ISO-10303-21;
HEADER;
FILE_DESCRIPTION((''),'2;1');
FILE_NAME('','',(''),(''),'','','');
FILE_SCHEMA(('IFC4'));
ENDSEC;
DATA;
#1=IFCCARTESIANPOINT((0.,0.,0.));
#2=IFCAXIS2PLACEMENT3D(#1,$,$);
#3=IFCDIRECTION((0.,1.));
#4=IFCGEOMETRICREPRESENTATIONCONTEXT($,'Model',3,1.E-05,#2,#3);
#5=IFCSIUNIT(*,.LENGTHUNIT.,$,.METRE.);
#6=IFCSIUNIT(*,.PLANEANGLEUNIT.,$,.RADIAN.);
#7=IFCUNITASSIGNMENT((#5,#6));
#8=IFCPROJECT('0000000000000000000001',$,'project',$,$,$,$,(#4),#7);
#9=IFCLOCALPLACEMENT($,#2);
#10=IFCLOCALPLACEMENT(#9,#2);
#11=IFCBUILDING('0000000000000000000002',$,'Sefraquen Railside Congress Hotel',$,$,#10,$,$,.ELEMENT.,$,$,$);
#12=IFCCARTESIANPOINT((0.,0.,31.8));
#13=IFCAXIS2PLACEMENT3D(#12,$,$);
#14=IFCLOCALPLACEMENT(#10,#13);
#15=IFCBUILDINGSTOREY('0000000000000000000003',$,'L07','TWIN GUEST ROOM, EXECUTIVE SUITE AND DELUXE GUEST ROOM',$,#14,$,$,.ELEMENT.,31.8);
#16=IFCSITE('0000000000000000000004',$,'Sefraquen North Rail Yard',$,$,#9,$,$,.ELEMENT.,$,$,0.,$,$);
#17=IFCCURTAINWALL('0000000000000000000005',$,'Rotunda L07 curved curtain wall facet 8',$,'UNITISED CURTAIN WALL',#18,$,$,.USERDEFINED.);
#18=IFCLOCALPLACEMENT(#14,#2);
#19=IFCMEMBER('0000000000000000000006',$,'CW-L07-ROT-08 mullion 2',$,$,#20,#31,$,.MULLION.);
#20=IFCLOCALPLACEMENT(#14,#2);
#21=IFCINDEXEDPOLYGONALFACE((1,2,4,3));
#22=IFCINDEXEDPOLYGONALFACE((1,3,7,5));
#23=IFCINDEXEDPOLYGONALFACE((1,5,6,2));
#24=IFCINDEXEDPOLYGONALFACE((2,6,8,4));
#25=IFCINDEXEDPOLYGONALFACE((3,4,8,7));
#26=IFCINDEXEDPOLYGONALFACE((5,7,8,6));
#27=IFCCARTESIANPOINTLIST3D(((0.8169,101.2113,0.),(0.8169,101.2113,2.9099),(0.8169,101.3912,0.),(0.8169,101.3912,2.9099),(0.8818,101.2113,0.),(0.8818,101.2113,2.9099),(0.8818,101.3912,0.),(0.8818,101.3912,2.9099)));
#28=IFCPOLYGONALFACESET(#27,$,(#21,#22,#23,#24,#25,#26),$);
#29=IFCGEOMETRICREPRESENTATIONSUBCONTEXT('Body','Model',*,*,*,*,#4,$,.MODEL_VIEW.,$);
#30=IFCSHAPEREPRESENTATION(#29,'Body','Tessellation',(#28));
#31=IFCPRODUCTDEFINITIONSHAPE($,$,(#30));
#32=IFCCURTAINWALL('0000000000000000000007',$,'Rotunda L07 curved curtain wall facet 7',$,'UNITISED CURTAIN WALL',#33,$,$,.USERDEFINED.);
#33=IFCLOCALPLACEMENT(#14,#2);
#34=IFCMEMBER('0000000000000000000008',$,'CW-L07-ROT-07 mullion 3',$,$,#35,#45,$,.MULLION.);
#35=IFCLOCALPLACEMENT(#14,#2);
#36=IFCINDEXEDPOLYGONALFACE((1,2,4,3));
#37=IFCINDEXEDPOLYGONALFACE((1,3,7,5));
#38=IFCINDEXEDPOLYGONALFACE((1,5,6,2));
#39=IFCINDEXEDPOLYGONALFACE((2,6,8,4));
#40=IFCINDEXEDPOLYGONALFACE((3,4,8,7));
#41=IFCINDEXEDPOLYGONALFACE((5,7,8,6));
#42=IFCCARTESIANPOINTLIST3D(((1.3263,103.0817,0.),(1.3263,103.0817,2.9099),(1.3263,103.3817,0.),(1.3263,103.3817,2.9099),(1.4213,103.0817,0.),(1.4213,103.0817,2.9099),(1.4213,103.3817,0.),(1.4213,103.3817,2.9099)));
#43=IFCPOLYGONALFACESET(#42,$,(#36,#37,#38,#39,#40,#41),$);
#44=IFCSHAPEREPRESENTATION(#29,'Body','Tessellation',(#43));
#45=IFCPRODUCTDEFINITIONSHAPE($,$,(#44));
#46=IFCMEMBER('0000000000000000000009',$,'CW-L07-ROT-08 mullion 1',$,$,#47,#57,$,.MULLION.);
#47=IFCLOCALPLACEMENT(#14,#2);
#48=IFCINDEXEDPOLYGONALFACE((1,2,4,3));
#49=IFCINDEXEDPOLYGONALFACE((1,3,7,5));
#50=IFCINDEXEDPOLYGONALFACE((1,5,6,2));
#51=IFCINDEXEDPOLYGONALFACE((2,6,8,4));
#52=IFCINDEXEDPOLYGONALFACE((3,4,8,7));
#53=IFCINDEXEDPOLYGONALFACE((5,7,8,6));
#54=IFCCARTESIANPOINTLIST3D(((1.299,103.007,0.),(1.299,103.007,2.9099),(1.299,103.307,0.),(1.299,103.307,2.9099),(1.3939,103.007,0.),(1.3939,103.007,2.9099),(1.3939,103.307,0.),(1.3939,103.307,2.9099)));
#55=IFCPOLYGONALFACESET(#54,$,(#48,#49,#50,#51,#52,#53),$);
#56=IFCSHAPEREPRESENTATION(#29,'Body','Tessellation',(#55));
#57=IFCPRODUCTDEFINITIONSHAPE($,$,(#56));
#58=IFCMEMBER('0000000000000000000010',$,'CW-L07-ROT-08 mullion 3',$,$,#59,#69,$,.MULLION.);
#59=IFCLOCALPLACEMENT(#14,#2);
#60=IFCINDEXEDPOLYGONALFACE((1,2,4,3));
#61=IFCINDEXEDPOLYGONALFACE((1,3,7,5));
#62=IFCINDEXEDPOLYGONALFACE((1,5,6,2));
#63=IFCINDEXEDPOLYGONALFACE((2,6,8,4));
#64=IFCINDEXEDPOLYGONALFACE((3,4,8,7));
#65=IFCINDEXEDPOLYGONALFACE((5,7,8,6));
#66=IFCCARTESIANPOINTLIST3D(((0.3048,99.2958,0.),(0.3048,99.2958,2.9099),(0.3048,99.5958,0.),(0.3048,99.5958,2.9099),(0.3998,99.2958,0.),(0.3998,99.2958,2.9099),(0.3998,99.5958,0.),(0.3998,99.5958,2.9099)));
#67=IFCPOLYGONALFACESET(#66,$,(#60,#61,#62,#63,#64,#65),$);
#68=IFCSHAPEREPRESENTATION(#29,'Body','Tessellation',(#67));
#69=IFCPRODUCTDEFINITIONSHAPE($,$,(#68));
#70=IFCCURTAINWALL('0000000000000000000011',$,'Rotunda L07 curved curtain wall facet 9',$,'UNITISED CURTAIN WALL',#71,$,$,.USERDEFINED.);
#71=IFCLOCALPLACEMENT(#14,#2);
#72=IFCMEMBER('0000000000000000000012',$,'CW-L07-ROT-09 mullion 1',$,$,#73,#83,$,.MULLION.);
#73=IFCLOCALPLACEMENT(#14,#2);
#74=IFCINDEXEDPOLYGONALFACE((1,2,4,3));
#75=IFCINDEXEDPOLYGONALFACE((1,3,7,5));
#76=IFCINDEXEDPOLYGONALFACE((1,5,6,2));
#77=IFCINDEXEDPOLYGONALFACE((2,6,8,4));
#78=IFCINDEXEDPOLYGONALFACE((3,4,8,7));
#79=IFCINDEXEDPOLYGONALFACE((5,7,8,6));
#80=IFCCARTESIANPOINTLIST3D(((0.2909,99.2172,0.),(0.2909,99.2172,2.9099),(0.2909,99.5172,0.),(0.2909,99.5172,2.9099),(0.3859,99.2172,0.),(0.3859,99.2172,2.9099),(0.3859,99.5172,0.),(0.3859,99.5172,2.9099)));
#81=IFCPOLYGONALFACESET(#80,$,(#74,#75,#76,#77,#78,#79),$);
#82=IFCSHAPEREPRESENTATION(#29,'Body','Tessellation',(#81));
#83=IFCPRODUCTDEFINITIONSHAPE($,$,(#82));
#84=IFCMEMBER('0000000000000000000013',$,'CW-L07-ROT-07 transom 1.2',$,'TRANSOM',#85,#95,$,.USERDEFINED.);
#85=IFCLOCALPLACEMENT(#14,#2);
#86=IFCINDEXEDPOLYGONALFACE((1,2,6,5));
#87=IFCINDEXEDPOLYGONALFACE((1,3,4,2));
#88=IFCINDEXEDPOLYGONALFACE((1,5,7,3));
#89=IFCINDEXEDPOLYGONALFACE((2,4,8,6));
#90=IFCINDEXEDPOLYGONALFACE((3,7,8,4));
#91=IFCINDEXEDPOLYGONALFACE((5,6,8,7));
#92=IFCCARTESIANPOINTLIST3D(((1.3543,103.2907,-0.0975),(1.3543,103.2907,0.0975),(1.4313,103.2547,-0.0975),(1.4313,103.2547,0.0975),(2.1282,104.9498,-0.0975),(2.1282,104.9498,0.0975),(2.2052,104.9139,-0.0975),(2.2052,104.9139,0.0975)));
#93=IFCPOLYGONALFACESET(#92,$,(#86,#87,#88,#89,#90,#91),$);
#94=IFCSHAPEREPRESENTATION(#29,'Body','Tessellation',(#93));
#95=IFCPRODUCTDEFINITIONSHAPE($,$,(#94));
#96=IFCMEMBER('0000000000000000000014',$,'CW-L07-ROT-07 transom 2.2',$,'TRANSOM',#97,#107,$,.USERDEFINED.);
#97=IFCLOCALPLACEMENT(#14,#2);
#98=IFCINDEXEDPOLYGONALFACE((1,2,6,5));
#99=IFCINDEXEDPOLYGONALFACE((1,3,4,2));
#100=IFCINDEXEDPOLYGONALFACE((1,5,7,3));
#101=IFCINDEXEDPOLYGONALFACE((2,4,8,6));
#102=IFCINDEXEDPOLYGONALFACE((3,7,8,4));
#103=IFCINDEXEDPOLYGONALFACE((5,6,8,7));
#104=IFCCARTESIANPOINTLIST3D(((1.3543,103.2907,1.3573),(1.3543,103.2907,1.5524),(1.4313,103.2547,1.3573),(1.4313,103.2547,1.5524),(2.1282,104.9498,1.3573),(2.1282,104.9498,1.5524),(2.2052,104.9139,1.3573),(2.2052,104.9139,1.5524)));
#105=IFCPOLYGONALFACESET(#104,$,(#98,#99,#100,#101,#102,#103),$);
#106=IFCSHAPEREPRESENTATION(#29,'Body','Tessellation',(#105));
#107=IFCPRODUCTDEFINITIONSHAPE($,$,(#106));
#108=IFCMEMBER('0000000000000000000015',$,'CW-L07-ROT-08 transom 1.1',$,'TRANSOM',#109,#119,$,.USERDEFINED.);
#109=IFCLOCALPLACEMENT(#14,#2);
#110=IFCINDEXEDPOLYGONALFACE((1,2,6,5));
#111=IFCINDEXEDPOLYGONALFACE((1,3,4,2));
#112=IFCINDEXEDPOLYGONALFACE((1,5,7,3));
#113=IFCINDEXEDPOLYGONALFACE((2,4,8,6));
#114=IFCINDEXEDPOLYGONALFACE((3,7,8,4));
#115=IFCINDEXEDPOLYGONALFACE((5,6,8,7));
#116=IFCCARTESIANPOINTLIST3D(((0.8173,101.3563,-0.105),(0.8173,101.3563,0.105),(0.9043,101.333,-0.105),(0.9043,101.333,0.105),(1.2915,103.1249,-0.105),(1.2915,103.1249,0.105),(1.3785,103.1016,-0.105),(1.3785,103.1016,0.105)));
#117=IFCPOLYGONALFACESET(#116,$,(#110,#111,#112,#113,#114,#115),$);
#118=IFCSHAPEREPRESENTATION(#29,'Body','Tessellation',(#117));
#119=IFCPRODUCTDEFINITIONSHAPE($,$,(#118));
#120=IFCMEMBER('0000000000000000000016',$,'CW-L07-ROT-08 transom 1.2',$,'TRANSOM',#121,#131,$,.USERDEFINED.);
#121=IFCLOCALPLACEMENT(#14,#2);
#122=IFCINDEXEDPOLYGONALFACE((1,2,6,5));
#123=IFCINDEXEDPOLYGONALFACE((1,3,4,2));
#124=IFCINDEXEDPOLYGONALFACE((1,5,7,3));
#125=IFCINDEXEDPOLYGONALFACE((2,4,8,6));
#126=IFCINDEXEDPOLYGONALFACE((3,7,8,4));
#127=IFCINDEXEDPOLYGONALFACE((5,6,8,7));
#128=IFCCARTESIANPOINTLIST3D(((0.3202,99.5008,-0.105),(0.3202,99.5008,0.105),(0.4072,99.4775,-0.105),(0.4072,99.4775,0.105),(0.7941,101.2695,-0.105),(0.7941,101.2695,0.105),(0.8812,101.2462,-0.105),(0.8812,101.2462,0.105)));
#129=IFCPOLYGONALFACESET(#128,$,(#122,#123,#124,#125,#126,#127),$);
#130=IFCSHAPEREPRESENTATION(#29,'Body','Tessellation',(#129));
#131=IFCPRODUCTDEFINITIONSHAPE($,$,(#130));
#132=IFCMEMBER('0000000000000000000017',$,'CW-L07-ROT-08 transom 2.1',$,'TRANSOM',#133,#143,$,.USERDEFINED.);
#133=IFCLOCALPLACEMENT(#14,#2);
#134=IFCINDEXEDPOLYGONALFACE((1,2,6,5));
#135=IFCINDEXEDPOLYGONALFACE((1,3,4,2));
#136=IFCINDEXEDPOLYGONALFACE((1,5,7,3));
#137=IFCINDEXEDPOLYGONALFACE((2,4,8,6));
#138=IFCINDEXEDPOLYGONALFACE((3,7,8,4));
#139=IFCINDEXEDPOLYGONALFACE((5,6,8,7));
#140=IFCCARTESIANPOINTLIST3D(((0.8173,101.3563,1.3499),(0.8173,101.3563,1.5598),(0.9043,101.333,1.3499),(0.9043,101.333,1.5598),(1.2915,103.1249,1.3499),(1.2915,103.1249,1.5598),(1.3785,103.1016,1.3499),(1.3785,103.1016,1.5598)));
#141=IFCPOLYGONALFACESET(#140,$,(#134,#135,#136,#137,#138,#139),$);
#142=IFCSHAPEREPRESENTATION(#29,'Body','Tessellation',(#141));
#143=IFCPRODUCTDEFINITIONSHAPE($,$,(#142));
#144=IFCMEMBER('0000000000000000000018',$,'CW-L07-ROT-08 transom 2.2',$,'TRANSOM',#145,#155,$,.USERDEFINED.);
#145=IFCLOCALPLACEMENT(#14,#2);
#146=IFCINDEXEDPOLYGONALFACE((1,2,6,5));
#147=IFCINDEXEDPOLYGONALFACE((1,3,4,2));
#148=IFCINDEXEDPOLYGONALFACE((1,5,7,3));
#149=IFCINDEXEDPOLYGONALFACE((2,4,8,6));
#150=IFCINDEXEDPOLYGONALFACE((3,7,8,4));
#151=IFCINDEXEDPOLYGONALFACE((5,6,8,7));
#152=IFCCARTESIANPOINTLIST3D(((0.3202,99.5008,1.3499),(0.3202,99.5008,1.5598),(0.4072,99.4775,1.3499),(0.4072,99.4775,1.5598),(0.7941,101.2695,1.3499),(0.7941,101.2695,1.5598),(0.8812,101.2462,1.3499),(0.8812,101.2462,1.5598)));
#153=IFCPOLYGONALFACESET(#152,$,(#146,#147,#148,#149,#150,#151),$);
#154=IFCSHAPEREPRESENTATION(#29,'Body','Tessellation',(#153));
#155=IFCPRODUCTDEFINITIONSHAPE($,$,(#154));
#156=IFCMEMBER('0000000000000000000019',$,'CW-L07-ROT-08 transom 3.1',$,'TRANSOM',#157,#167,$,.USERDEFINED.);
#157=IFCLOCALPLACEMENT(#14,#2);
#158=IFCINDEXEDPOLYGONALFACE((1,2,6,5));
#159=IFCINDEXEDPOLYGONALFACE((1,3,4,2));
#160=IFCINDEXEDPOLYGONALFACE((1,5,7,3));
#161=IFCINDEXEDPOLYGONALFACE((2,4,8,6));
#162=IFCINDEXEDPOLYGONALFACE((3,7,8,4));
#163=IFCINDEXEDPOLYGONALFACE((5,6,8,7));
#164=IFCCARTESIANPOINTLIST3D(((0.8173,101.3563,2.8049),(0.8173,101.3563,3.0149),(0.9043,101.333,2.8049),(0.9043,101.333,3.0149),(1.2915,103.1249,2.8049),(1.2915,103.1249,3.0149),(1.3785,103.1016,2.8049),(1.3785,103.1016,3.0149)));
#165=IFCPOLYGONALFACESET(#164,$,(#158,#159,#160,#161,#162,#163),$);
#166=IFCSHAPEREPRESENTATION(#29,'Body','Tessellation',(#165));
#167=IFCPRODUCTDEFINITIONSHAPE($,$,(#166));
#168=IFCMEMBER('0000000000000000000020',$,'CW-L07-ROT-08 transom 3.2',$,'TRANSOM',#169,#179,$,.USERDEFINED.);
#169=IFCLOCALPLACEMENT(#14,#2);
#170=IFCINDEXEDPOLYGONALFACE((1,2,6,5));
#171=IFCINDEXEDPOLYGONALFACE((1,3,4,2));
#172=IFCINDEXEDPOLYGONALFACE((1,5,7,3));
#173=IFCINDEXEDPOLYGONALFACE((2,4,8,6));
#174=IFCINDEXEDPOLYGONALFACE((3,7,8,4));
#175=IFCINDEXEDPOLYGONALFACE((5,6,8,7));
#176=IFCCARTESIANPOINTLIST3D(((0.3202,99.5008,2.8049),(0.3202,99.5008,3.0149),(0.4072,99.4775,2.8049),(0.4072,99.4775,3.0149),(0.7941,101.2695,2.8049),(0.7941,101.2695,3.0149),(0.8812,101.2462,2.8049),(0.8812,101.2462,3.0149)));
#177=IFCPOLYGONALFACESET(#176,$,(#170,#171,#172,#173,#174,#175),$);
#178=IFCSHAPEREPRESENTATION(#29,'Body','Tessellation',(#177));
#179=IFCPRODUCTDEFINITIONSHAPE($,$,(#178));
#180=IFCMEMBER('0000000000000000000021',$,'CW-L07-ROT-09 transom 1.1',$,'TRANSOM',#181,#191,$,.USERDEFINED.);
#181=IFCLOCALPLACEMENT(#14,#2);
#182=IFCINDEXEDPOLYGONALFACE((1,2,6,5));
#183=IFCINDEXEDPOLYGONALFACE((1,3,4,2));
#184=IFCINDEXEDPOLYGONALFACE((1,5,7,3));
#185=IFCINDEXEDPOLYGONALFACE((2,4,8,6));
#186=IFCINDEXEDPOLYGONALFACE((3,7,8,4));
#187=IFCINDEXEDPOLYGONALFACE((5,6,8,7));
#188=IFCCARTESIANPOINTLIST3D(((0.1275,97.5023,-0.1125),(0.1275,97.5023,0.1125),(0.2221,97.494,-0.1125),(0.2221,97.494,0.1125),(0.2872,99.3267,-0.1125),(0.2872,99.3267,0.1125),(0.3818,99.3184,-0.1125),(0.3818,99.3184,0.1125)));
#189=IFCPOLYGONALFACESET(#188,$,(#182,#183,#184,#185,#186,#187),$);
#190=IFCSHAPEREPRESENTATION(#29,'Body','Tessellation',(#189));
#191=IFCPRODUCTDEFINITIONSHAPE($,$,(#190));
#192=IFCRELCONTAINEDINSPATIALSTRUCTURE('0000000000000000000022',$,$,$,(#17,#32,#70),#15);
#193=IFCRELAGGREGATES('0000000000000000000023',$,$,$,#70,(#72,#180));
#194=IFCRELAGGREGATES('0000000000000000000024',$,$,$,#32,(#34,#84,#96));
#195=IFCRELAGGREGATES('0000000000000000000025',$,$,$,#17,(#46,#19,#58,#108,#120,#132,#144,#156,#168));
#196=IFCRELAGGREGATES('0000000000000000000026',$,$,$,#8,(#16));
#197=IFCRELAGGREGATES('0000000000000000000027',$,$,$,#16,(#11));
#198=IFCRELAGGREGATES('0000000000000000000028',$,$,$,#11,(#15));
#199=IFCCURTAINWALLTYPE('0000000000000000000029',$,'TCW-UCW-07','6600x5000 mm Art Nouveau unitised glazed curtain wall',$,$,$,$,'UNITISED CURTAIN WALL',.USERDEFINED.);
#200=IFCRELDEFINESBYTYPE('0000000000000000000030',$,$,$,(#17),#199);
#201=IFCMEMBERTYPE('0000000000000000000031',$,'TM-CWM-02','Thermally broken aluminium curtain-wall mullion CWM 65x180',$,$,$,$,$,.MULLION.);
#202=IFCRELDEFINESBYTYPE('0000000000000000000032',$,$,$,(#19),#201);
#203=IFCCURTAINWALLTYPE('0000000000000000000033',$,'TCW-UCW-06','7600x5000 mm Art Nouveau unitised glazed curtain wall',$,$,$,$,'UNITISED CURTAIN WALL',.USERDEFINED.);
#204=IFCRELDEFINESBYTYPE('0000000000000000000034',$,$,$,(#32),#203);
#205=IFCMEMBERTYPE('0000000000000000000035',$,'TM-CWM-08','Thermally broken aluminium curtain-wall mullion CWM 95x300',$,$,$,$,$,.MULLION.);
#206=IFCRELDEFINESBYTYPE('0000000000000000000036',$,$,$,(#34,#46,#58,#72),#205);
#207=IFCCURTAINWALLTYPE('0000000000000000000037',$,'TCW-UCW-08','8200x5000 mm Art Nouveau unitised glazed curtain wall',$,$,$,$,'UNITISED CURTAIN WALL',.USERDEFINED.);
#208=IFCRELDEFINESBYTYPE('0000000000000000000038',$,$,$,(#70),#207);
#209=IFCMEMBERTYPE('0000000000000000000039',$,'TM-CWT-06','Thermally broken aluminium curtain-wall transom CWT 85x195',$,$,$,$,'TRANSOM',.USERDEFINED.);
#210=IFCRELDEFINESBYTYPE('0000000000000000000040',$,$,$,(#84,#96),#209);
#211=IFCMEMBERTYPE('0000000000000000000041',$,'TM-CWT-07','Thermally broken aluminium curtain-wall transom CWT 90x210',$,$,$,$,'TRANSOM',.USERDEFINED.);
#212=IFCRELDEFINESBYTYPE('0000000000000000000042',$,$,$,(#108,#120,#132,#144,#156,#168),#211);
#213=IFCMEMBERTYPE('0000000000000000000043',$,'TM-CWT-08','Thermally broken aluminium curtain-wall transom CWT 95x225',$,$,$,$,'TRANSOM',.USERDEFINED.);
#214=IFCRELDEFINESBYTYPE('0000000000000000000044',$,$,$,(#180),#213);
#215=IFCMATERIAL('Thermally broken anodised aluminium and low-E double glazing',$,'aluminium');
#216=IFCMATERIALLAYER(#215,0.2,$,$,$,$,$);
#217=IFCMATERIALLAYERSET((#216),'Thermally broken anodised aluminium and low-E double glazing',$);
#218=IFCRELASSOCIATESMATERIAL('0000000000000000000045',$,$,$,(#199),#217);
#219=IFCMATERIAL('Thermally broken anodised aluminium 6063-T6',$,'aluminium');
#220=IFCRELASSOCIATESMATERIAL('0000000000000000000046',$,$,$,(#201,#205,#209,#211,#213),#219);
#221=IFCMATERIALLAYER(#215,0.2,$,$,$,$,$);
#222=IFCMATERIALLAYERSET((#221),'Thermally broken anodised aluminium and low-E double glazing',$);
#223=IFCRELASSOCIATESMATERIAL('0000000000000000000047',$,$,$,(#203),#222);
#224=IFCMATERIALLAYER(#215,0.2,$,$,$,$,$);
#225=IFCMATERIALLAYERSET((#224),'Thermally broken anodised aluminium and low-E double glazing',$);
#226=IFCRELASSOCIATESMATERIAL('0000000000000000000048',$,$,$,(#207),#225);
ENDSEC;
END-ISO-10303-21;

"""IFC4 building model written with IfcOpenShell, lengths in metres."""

from ifc_helpers import new_model, si_unit, direction, frame, origin, origin_2d, place, context, subcontext, project, spatial, rectangle, extrude, material, layer, layer_set, material_profile, profile_set, type_object, element, aggregate, save


model = new_model("IFC4")

# Units and contexts
model_context = context("Model", 3, precision=1e-05, world=origin(), true_north=direction((0.0, 1.0)))
body_context = subcontext(model_context, "Body", "Model", "MODEL_VIEW")
ifc_project = project(units=[si_unit("LENGTHUNIT", "METRE"), si_unit("PLANEANGLEUNIT", "RADIAN")], contexts=[model_context])

# Site, building, storey
site_placement = place(None, origin())
site = spatial("IfcSite", under=ifc_project, at=site_placement, Name="Sefraquen North Rail Yard", CompositionType="ELEMENT", RefElevation=0.0)
building_placement = place(site_placement, origin())
building = spatial("IfcBuilding", under=site, at=building_placement, Name="Sefraquen Railside Congress Hotel", CompositionType="ELEMENT")
storey_placement = place(building_placement, frame((0.0, 0.0, 31.8)))
storey = spatial("IfcBuildingStorey", under=building, at=storey_placement, Name="L07", Description="TWIN GUEST ROOM, EXECUTIVE SUITE AND DELUXE GUEST ROOM", CompositionType="ELEMENT", Elevation=31.8)

# Curtain walls, members
ifc_material_1 = material(Name="Thermally broken anodised aluminium and low-E double glazing", Category="aluminium")
ifc_layer_1 = layer(ifc_material_1, 0.2)
ifc_layer_set_1 = layer_set([ifc_layer_1], Name="Thermally broken anodised aluminium and low-E double glazing")
curtain_wall_type_1 = type_object("IfcCurtainWallType", Name="TCW-UCW-07", Description="6600x5000 mm Art Nouveau unitised glazed curtain wall", ElementType="UNITISED CURTAIN WALL", PredefinedType="USERDEFINED", material=ifc_layer_set_1)
curtain_wall_1_placement = place(storey_placement, origin())
curtain_wall_1 = element("IfcCurtainWall", 1, at=curtain_wall_1_placement, inside=storey, type_object=curtain_wall_type_1, Name="Rotunda L07 curved curtain wall facet 8", ObjectType="UNITISED CURTAIN WALL", PredefinedType="USERDEFINED")
ifc_material_2 = material(Name="Thermally broken anodised aluminium 6063-T6", Category="aluminium")
ifc_material_profile_1 = material_profile(ifc_material_2, rectangle(XDim=0.0649, YDim=0.1799, at=origin_2d()), Name="CWM 65x180")
ifc_profile_set_1 = profile_set([ifc_material_profile_1], Name="Thermally broken anodised aluminium 6063-T6")
member_type_1 = type_object("IfcMemberType", Name="TM-CWM-02", Description="Thermally broken aluminium curtain-wall mullion CWM 65x180", PredefinedType="MULLION", material=ifc_profile_set_1)
member_1_placement = place(storey_placement, frame((0.8494, 101.3013, 0.0), z_axis=(0.0, 0.0, 1.0), x_axis=(1.0, 0.0, 0.0)))
member_1 = element("IfcMember", 2, at=member_1_placement, type_object=member_type_1, Name="CW-L07-ROT-08 mullion 2", PredefinedType="MULLION", context=body_context, shape_type="SweptSolid", body=[
    extrude(rectangle(XDim=0.0649, YDim=0.1799, at=origin_2d()), origin(), (0.0, 0.0, 1.0), 2.9099),
])
ifc_layer_2 = layer(ifc_material_1, 0.2)
ifc_layer_set_2 = layer_set([ifc_layer_2], Name="Thermally broken anodised aluminium and low-E double glazing")
curtain_wall_type_2 = type_object("IfcCurtainWallType", Name="TCW-UCW-06", Description="7600x5000 mm Art Nouveau unitised glazed curtain wall", ElementType="UNITISED CURTAIN WALL", PredefinedType="USERDEFINED", material=ifc_layer_set_2)
curtain_wall_2_placement = place(storey_placement, origin())
curtain_wall_2 = element("IfcCurtainWall", 3, at=curtain_wall_2_placement, inside=storey, type_object=curtain_wall_type_2, Name="Rotunda L07 curved curtain wall facet 7", ObjectType="UNITISED CURTAIN WALL", PredefinedType="USERDEFINED")
ifc_material_profile_2 = material_profile(ifc_material_2, rectangle(XDim=0.095, YDim=0.3, at=origin_2d()), Name="CWM 95x300")
ifc_profile_set_2 = profile_set([ifc_material_profile_2], Name="Thermally broken anodised aluminium 6063-T6")
member_type_2 = type_object("IfcMemberType", Name="TM-CWM-08", Description="Thermally broken aluminium curtain-wall mullion CWM 95x300", PredefinedType="MULLION", material=ifc_profile_set_2)
member_2_placement = place(storey_placement, frame((1.3738, 103.2317, 0.0), z_axis=(0.0, 0.0, 1.0), x_axis=(1.0, 0.0, 0.0)))
member_2 = element("IfcMember", 4, at=member_2_placement, type_object=member_type_2, Name="CW-L07-ROT-07 mullion 3", PredefinedType="MULLION", context=body_context, shape_type="SweptSolid", body=[
    extrude(rectangle(XDim=0.095, YDim=0.3, at=origin_2d()), origin(), (0.0, 0.0, 1.0), 2.9099),
])

# Members
member_3_placement = place(storey_placement, frame((1.3464, 103.157, 0.0), z_axis=(0.0, 0.0, 1.0), x_axis=(1.0, 0.0, 0.0)))
member_3 = element("IfcMember", 5, at=member_3_placement, type_object=member_type_2, Name="CW-L07-ROT-08 mullion 1", PredefinedType="MULLION", context=body_context, shape_type="SweptSolid", body=[
    extrude(rectangle(XDim=0.095, YDim=0.3, at=origin_2d()), origin(), (0.0, 0.0, 1.0), 2.9099),
])
member_4_placement = place(storey_placement, frame((0.3523, 99.4458, 0.0), z_axis=(0.0, 0.0, 1.0), x_axis=(1.0, 0.0, 0.0)))
member_4 = element("IfcMember", 6, at=member_4_placement, type_object=member_type_2, Name="CW-L07-ROT-08 mullion 3", PredefinedType="MULLION", context=body_context, shape_type="SweptSolid", body=[
    extrude(rectangle(XDim=0.095, YDim=0.3, at=origin_2d()), origin(), (0.0, 0.0, 1.0), 2.9099),
])

# Curtain wall, member
ifc_layer_3 = layer(ifc_material_1, 0.2)
ifc_layer_set_3 = layer_set([ifc_layer_3], Name="Thermally broken anodised aluminium and low-E double glazing")
curtain_wall_type_3 = type_object("IfcCurtainWallType", Name="TCW-UCW-08", Description="8200x5000 mm Art Nouveau unitised glazed curtain wall", ElementType="UNITISED CURTAIN WALL", PredefinedType="USERDEFINED", material=ifc_layer_set_3)
curtain_wall_3_placement = place(storey_placement, origin())
curtain_wall_3 = element("IfcCurtainWall", 7, at=curtain_wall_3_placement, inside=storey, type_object=curtain_wall_type_3, Name="Rotunda L07 curved curtain wall facet 9", ObjectType="UNITISED CURTAIN WALL", PredefinedType="USERDEFINED")
member_5_placement = place(storey_placement, frame((0.3384, 99.3672, 0.0), z_axis=(0.0, 0.0, 1.0), x_axis=(1.0, 0.0, 0.0)))
member_5 = element("IfcMember", 8, at=member_5_placement, type_object=member_type_2, Name="CW-L07-ROT-09 mullion 1", PredefinedType="MULLION", context=body_context, shape_type="SweptSolid", body=[
    extrude(rectangle(XDim=0.095, YDim=0.3, at=origin_2d()), origin(), (0.0, 0.0, 1.0), 2.9099),
])

# Members
ifc_material_profile_3 = material_profile(ifc_material_2, rectangle(XDim=0.085, YDim=0.1951, at=origin_2d()), Name="CWT 85x195")
ifc_profile_set_3 = profile_set([ifc_material_profile_3], Name="Thermally broken anodised aluminium 6063-T6")
member_type_3 = type_object("IfcMemberType", Name="TM-CWT-06", Description="Thermally broken aluminium curtain-wall transom CWT 85x195", ElementType="TRANSOM", PredefinedType="USERDEFINED", material=ifc_profile_set_3)
member_6_placement = place(storey_placement, frame((2.1667, 104.9319, 0.0), z_axis=(-0.422725, -0.906258, 0.0), x_axis=(0.906258, -0.422725, 0.0)))
member_6 = element("IfcMember", 9, at=member_6_placement, type_object=member_type_3, Name="CW-L07-ROT-07 transom 1.2", ObjectType="TRANSOM", PredefinedType="USERDEFINED", context=body_context, shape_type="SweptSolid", body=[
    extrude(rectangle(XDim=0.085, YDim=0.1951, at=origin_2d()), origin(), (0.0, 0.0, 1.0), 1.8308),
])
member_7_placement = place(storey_placement, frame((2.1667, 104.9319, 1.4548), z_axis=(-0.422725, -0.906258, 0.0), x_axis=(0.906258, -0.422725, 0.0)))
member_7 = element("IfcMember", 10, at=member_7_placement, type_object=member_type_3, Name="CW-L07-ROT-07 transom 2.2", ObjectType="TRANSOM", PredefinedType="USERDEFINED", context=body_context, shape_type="SweptSolid", body=[
    extrude(rectangle(XDim=0.085, YDim=0.1951, at=origin_2d()), origin(), (0.0, 0.0, 1.0), 1.8308),
])
ifc_material_profile_4 = material_profile(ifc_material_2, rectangle(XDim=0.0901, YDim=0.21, at=origin_2d()), Name="CWT 90x210")
ifc_profile_set_4 = profile_set([ifc_material_profile_4], Name="Thermally broken anodised aluminium 6063-T6")
member_type_4 = type_object("IfcMemberType", Name="TM-CWT-07", Description="Thermally broken aluminium curtain-wall transom CWT 90x210", ElementType="TRANSOM", PredefinedType="USERDEFINED", material=ifc_profile_set_4)
member_8_placement = place(storey_placement, frame((1.335, 103.1133, 0.0), z_axis=(-0.25894, -0.965893, 0.0), x_axis=(0.965893, -0.25894, 0.0)))
member_8 = element("IfcMember", 11, at=member_8_placement, type_object=member_type_4, Name="CW-L07-ROT-08 transom 1.1", ObjectType="TRANSOM", PredefinedType="USERDEFINED", context=body_context, shape_type="SweptSolid", body=[
    extrude(rectangle(XDim=0.0901, YDim=0.21, at=origin_2d()), origin(), (0.0, 0.0, 1.0), 1.8311),
])
member_9_placement = place(storey_placement, frame((0.8376, 101.2578, 0.0), z_axis=(-0.258816, -0.965927, 0.0), x_axis=(0.965927, -0.258816, 0.0)))
member_9 = element("IfcMember", 12, at=member_9_placement, type_object=member_type_4, Name="CW-L07-ROT-08 transom 1.2", ObjectType="TRANSOM", PredefinedType="USERDEFINED", context=body_context, shape_type="SweptSolid", body=[
    extrude(rectangle(XDim=0.0901, YDim=0.21, at=origin_2d()), origin(), (0.0, 0.0, 1.0), 1.8311),
])
member_10_placement = place(storey_placement, frame((1.335, 103.1133, 1.4548), z_axis=(-0.25894, -0.965893, 0.0), x_axis=(0.965893, -0.25894, 0.0)))
member_10 = element("IfcMember", 13, at=member_10_placement, type_object=member_type_4, Name="CW-L07-ROT-08 transom 2.1", ObjectType="TRANSOM", PredefinedType="USERDEFINED", context=body_context, shape_type="SweptSolid", body=[
    extrude(rectangle(XDim=0.0901, YDim=0.21, at=origin_2d()), origin(), (0.0, 0.0, 1.0), 1.8311),
])
member_11_placement = place(storey_placement, frame((0.8376, 101.2578, 1.4548), z_axis=(-0.258816, -0.965927, 0.0), x_axis=(0.965927, -0.258816, 0.0)))
member_11 = element("IfcMember", 14, at=member_11_placement, type_object=member_type_4, Name="CW-L07-ROT-08 transom 2.2", ObjectType="TRANSOM", PredefinedType="USERDEFINED", context=body_context, shape_type="SweptSolid", body=[
    extrude(rectangle(XDim=0.0901, YDim=0.21, at=origin_2d()), origin(), (0.0, 0.0, 1.0), 1.8311),
])
member_12_placement = place(storey_placement, frame((1.335, 103.1133, 2.9099), z_axis=(-0.25894, -0.965893, 0.0), x_axis=(0.965893, -0.25894, 0.0)))
member_12 = element("IfcMember", 15, at=member_12_placement, type_object=member_type_4, Name="CW-L07-ROT-08 transom 3.1", ObjectType="TRANSOM", PredefinedType="USERDEFINED", context=body_context, shape_type="SweptSolid", body=[
    extrude(rectangle(XDim=0.0901, YDim=0.21, at=origin_2d()), origin(), (0.0, 0.0, 1.0), 1.8311),
])
member_13_placement = place(storey_placement, frame((0.8376, 101.2578, 2.9099), z_axis=(-0.258816, -0.965927, 0.0), x_axis=(0.965927, -0.258816, 0.0)))
member_13 = element("IfcMember", 16, at=member_13_placement, type_object=member_type_4, Name="CW-L07-ROT-08 transom 3.2", ObjectType="TRANSOM", PredefinedType="USERDEFINED", context=body_context, shape_type="SweptSolid", body=[
    extrude(rectangle(XDim=0.0901, YDim=0.21, at=origin_2d()), origin(), (0.0, 0.0, 1.0), 1.8311),
])
ifc_material_profile_5 = material_profile(ifc_material_2, rectangle(XDim=0.095, YDim=0.2251, at=origin_2d()), Name="CWT 95x225")
ifc_profile_set_5 = profile_set([ifc_material_profile_5], Name="Thermally broken anodised aluminium 6063-T6")
member_type_5 = type_object("IfcMemberType", Name="TM-CWT-08", Description="Thermally broken aluminium curtain-wall transom CWT 95x225", ElementType="TRANSOM", PredefinedType="USERDEFINED", material=ifc_profile_set_5)
member_14_placement = place(storey_placement, frame((0.3345, 99.3225, 0.0), z_axis=(-0.087193, -0.996191, 0.0), x_axis=(0.996191, -0.087193, 0.0)))
member_14 = element("IfcMember", 17, at=member_14_placement, type_object=member_type_5, Name="CW-L07-ROT-09 transom 1.1", ObjectType="TRANSOM", PredefinedType="USERDEFINED", context=body_context, shape_type="SweptSolid", body=[
    extrude(rectangle(XDim=0.095, YDim=0.2251, at=origin_2d()), origin(), (0.0, 0.0, 1.0), 1.8313),
])
aggregate(curtain_wall_3, [member_5, member_14])

aggregate(curtain_wall_2, [member_2, member_6, member_7])
aggregate(curtain_wall_1, [member_3, member_1, member_4, member_8, member_9, member_10, member_11, member_12, member_13])

save(model, "model.ifc")
